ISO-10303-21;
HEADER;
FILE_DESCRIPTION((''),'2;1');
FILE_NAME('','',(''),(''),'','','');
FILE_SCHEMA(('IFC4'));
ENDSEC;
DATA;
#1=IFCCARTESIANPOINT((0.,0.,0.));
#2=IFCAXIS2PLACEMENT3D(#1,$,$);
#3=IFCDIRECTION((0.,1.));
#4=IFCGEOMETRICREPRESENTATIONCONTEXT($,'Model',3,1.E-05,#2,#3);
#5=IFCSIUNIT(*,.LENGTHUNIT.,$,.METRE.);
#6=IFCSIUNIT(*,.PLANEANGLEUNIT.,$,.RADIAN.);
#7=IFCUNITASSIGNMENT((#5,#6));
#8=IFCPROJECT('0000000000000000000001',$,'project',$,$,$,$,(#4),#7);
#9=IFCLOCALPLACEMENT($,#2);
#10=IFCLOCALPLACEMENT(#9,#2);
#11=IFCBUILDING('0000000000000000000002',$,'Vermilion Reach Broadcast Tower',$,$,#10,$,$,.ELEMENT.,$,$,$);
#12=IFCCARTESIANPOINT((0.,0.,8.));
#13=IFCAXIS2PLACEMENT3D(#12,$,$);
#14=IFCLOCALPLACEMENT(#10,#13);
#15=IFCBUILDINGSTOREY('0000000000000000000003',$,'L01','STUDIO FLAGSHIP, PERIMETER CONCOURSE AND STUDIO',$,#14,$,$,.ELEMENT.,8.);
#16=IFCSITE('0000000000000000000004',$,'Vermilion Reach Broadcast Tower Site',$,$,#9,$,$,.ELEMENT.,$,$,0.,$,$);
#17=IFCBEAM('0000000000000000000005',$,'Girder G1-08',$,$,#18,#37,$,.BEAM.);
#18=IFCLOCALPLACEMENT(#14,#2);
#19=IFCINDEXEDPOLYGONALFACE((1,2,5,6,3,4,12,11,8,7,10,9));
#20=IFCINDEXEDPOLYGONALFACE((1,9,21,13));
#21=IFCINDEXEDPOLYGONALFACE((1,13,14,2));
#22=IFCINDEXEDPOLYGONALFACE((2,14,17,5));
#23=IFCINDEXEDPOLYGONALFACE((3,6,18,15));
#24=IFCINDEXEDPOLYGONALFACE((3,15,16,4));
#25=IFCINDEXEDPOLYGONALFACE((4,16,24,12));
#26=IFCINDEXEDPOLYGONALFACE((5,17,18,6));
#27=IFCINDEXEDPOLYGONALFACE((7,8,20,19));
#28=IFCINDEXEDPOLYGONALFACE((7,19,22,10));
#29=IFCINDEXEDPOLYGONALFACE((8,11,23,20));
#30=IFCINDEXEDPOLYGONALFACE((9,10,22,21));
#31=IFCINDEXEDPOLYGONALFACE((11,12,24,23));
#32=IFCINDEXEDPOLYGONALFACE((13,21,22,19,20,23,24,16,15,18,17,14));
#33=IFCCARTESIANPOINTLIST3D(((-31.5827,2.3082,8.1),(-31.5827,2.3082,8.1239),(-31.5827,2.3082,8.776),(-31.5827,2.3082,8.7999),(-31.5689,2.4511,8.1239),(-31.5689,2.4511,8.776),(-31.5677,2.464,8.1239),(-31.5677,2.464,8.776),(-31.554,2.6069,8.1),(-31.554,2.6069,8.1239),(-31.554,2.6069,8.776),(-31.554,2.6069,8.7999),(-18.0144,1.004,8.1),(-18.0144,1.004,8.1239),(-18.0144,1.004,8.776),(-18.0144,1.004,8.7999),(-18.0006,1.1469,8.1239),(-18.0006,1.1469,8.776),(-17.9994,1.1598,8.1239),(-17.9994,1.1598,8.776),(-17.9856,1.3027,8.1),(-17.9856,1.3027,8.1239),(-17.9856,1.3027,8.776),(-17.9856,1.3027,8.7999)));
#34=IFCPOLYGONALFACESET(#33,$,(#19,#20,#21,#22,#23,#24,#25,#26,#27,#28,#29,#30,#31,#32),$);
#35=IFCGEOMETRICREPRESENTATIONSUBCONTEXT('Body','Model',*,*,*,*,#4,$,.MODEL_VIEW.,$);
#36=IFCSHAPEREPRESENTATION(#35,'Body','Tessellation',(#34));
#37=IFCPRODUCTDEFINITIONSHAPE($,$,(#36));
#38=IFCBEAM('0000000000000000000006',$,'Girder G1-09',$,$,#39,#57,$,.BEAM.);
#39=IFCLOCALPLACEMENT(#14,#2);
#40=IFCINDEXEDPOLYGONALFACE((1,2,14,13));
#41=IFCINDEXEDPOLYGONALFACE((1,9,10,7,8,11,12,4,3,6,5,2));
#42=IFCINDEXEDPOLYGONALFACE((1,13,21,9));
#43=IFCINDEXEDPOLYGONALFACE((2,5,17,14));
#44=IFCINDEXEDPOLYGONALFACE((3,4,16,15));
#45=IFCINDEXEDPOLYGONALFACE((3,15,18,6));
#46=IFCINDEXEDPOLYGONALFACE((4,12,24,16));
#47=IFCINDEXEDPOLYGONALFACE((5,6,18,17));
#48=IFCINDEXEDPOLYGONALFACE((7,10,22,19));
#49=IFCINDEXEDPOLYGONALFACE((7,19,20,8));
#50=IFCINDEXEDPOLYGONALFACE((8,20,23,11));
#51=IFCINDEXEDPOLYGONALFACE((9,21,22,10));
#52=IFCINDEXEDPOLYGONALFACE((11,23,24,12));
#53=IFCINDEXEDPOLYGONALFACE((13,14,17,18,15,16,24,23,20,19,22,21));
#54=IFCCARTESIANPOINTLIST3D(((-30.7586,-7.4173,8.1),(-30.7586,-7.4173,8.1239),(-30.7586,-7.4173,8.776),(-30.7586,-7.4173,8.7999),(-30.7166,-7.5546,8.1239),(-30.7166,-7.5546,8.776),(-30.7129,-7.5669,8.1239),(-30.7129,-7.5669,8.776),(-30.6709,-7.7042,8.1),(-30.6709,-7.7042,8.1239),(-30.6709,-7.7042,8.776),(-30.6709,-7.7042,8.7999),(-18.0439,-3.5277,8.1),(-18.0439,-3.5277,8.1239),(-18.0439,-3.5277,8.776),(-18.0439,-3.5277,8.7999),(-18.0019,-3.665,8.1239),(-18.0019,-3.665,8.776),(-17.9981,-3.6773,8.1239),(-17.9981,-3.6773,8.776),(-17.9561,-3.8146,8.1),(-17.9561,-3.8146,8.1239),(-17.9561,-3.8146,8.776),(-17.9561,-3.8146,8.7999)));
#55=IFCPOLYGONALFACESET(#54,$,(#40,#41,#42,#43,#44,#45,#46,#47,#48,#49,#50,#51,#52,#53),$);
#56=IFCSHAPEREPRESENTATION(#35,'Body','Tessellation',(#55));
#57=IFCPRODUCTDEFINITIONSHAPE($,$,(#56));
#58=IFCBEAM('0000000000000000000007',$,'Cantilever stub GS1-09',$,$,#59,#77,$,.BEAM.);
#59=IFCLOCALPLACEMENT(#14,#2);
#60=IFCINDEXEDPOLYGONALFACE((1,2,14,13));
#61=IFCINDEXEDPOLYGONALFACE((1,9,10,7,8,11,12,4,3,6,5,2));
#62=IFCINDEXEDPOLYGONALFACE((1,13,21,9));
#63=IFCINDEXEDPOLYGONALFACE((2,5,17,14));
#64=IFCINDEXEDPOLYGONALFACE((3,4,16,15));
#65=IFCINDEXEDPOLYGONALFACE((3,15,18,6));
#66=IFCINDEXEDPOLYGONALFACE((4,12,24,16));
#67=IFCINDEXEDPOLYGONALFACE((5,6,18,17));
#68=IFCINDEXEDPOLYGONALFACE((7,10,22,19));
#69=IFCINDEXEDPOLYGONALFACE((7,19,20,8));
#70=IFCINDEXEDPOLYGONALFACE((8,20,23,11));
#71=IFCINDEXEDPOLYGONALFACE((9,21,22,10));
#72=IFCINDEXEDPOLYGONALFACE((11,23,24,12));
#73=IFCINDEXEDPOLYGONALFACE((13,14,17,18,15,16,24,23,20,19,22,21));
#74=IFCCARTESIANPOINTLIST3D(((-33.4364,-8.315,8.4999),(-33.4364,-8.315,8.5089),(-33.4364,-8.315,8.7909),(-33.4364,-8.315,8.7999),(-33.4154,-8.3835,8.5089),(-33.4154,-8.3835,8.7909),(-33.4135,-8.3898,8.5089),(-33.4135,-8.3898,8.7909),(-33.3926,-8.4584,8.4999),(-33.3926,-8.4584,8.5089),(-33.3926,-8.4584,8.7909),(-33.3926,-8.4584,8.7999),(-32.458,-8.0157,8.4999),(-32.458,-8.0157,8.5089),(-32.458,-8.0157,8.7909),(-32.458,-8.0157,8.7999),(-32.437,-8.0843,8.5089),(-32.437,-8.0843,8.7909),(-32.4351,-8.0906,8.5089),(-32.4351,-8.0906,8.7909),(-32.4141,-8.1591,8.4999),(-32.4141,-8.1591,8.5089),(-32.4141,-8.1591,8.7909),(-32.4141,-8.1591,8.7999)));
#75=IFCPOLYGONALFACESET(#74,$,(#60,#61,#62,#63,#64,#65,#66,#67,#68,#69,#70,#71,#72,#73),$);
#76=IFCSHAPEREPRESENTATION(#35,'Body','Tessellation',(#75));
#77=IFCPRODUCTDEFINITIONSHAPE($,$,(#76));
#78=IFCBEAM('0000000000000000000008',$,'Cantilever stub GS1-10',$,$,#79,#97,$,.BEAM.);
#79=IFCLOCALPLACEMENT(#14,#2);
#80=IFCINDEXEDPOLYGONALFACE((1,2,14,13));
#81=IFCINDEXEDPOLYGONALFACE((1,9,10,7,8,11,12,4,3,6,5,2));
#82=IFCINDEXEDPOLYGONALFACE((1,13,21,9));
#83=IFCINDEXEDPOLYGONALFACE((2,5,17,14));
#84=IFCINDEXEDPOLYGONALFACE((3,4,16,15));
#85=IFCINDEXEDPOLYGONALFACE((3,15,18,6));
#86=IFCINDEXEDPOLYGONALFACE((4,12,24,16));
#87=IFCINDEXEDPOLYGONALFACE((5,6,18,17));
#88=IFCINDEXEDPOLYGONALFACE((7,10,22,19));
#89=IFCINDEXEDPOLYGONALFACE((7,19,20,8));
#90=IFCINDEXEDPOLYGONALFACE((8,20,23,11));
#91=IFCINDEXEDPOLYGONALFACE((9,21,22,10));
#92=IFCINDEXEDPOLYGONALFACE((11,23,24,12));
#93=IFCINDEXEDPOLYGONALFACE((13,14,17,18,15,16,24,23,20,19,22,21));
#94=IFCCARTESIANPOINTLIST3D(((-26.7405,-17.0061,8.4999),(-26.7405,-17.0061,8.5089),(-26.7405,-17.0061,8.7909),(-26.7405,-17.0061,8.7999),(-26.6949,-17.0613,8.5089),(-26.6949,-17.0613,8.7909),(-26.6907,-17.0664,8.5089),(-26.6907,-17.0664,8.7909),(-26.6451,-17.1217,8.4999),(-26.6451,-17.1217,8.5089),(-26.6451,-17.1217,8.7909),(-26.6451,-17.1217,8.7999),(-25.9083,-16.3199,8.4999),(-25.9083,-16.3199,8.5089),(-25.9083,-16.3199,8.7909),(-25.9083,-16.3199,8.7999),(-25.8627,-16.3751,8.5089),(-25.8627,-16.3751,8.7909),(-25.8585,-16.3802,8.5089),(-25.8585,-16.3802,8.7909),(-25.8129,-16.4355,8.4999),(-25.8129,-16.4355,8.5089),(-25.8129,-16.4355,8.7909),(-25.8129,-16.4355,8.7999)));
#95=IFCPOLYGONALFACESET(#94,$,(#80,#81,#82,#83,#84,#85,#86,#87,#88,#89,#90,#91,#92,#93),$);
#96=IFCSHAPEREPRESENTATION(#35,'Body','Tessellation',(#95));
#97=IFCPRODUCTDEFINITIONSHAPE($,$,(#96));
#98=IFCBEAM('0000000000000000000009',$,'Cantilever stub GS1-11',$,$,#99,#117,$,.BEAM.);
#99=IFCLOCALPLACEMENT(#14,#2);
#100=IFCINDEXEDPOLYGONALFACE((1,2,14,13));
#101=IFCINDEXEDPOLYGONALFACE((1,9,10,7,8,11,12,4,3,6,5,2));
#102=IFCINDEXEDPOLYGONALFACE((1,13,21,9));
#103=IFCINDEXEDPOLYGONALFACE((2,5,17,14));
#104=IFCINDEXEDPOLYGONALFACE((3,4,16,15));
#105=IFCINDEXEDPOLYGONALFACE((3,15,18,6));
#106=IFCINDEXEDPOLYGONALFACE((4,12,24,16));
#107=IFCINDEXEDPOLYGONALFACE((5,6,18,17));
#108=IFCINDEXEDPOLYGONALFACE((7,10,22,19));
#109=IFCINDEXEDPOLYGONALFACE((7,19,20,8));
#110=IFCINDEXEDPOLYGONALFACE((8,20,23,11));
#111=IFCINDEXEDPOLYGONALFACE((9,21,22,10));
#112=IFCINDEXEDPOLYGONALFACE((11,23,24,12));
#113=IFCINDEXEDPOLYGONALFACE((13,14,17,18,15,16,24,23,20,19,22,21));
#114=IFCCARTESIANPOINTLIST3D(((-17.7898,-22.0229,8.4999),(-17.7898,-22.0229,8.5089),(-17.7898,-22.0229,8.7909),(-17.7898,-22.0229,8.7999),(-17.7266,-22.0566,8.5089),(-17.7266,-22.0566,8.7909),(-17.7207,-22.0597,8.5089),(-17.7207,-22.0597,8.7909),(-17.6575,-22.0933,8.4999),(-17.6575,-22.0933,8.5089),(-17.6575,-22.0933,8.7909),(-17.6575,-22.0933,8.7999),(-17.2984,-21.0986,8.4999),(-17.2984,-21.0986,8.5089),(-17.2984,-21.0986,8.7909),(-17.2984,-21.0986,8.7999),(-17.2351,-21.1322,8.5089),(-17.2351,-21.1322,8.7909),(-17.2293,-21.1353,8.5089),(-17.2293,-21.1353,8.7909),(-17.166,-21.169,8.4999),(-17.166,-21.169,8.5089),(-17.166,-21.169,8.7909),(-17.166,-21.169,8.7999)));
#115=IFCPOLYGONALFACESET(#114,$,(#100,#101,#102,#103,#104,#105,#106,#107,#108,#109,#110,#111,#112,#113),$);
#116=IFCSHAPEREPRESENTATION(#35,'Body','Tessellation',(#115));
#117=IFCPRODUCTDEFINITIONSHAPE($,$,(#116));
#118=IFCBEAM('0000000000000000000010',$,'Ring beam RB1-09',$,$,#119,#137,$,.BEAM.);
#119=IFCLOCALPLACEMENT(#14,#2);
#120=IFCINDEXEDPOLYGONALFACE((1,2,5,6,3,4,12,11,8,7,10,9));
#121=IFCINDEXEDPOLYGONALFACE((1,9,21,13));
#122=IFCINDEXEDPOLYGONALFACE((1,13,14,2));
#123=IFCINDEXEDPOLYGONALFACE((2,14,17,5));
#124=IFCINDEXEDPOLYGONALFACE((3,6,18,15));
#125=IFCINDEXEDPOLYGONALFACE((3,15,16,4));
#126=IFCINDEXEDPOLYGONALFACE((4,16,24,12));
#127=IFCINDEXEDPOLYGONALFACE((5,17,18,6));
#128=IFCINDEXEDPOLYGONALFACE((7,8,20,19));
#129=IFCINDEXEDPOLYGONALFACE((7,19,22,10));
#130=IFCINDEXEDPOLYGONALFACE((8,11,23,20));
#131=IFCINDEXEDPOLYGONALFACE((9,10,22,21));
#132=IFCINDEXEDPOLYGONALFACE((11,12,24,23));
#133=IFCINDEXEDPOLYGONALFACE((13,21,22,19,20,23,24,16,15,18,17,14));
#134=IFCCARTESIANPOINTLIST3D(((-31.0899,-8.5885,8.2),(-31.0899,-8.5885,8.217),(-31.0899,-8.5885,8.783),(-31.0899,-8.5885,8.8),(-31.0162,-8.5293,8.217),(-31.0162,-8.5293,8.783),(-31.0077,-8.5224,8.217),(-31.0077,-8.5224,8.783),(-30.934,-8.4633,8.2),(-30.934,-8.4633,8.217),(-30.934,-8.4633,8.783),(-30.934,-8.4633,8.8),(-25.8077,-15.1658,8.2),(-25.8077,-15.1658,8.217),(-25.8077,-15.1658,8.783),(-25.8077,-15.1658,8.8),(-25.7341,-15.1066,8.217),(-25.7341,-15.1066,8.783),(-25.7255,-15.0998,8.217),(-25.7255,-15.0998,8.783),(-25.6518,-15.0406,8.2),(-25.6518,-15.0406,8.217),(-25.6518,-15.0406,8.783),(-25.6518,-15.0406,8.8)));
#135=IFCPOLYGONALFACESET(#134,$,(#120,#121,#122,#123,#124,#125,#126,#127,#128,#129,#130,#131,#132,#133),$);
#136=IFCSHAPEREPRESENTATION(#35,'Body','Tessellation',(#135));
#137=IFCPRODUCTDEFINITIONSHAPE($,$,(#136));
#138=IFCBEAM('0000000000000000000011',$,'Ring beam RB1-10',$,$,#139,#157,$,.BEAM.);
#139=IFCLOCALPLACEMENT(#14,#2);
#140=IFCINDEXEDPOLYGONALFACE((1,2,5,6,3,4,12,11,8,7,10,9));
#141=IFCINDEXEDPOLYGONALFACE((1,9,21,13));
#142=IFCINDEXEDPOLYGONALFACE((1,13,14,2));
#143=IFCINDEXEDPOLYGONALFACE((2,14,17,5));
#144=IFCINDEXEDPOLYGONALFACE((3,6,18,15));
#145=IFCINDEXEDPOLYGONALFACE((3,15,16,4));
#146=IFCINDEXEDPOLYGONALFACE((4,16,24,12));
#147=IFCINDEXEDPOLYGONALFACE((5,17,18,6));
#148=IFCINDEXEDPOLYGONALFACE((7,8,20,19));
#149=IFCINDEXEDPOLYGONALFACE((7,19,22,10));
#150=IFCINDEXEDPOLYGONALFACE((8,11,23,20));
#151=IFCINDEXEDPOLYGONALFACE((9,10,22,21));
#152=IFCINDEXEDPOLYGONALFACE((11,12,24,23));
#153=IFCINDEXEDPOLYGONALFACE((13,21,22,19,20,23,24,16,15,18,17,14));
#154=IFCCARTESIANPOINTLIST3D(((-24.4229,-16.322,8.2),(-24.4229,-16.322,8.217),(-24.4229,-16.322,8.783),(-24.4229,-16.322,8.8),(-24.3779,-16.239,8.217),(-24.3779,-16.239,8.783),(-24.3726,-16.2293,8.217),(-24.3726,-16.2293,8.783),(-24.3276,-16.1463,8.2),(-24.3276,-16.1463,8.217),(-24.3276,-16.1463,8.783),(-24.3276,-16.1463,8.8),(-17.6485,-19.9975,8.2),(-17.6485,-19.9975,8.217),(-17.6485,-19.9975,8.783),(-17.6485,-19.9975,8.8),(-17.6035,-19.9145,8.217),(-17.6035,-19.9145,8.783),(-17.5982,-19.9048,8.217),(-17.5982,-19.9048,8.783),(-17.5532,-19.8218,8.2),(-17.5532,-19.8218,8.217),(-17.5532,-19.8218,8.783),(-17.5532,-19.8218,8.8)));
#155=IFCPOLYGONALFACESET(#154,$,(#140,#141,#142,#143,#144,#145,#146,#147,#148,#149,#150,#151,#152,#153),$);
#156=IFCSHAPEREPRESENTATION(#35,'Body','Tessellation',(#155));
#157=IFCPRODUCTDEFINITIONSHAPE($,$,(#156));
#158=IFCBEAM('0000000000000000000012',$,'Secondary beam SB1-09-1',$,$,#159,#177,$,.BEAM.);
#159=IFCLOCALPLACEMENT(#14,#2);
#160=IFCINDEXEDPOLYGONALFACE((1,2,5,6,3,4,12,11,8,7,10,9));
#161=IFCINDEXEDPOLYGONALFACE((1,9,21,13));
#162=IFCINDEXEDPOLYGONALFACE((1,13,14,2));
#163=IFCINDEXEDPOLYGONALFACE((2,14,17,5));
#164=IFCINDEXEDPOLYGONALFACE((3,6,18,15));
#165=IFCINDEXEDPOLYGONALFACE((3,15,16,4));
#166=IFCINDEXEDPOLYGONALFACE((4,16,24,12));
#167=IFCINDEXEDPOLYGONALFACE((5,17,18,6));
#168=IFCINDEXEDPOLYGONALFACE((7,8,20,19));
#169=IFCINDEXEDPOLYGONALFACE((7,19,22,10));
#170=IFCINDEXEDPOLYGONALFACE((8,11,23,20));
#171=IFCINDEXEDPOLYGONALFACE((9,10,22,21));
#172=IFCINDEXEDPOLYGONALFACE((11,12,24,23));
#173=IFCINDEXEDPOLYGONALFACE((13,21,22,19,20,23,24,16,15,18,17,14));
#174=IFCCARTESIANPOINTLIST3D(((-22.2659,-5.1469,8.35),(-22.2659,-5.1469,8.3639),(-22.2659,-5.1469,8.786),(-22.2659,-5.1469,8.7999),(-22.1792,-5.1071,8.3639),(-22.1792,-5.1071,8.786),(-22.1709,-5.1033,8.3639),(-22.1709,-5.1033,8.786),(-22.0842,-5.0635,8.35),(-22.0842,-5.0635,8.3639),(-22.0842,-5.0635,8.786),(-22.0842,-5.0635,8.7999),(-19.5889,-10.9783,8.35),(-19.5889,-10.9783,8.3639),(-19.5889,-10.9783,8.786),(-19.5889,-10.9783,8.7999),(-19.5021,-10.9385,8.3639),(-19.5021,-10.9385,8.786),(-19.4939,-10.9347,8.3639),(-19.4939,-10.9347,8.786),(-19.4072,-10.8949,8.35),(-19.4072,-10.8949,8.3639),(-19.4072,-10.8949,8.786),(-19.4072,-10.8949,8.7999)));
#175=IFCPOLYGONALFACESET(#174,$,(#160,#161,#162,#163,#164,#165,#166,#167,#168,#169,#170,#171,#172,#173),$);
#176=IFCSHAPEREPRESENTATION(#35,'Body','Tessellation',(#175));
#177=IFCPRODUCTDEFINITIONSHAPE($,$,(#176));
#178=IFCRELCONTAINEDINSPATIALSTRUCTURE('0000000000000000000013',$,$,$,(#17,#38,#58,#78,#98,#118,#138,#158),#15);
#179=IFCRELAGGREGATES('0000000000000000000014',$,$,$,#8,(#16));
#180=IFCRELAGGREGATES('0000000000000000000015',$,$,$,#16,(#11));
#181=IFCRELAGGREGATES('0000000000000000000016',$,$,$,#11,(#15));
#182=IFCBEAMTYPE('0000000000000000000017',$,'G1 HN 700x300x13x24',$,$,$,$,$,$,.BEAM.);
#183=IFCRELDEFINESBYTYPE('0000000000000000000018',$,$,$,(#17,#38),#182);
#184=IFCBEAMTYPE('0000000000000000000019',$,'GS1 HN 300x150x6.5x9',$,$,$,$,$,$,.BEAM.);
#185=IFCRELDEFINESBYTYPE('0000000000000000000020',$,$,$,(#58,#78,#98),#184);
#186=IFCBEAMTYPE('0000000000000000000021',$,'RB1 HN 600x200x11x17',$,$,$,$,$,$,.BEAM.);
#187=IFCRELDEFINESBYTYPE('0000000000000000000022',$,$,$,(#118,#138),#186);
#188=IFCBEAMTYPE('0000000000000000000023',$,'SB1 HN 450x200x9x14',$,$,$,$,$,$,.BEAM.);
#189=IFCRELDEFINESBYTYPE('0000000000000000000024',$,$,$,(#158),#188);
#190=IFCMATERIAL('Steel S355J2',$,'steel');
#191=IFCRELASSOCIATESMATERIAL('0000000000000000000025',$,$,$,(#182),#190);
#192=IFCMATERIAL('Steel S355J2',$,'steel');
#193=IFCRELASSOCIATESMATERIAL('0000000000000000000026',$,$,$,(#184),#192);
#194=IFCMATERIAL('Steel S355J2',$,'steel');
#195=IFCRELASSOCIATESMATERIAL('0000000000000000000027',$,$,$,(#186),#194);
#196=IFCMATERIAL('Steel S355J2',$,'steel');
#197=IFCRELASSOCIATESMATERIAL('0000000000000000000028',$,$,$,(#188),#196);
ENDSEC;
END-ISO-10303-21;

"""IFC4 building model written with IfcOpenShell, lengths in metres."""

from ifc_helpers import new_model, si_unit, direction, frame, origin, origin_2d, place, context, subcontext, project, spatial, i_section, extrude, material, material_profile, profile_set, type_object, element, save


model = new_model("IFC4")

# Units and contexts
model_context = context("Model", 3, precision=1e-05, world=origin(), true_north=direction((0.0, 1.0)))
body_context = subcontext(model_context, "Body", "Model", "MODEL_VIEW")
ifc_project = project(units=[si_unit("LENGTHUNIT", "METRE"), si_unit("PLANEANGLEUNIT", "RADIAN")], contexts=[model_context])

# Site, building, storey
site_placement = place(None, origin())
site = spatial("IfcSite", under=ifc_project, at=site_placement, Name="Vermilion Reach Broadcast Tower Site", CompositionType="ELEMENT", RefElevation=0.0)
building_placement = place(site_placement, origin())
building = spatial("IfcBuilding", under=site, at=building_placement, Name="Vermilion Reach Broadcast Tower", CompositionType="ELEMENT")
storey_placement = place(building_placement, frame((0.0, 0.0, 8.0)))
storey = spatial("IfcBuildingStorey", under=building, at=storey_placement, Name="L01", Description="STUDIO FLAGSHIP, PERIMETER CONCOURSE AND STUDIO", CompositionType="ELEMENT", Elevation=8.0)

# Beams
ifc_material_1 = material(Name="Steel S355J2", Category="steel")
ifc_material_profile_1 = material_profile(ifc_material_1, i_section(OverallWidth=0.3, OverallDepth=0.7, WebThickness=0.0129, FlangeThickness=0.0239, at=origin_2d()), Name="S355J2 HN 700x300x13x24")
ifc_profile_set_1 = profile_set([ifc_material_profile_1], Name="Steel S355J2")
beam_type_1 = type_object("IfcBeamType", Name="G1 HN 700x300x13x24", PredefinedType="BEAM", material=ifc_profile_set_1)
beam_1_placement = place(storey_placement, frame((-18.0, 1.1533, 8.45), z_axis=(-0.995412, 0.09568, 0.0), x_axis=(-0.09568, -0.995412, 0.0)))
element("IfcBeam", 1, at=beam_1_placement, inside=storey, type_object=beam_type_1, Name="Girder G1-08", PredefinedType="BEAM", context=body_context, shape_type="SweptSolid", body=[
    extrude(i_section(OverallWidth=0.3, OverallDepth=0.7, WebThickness=0.0129, FlangeThickness=0.0239, at=origin_2d()), origin(), (0.0, 0.0, 1.0), 13.6309),
])
beam_2_placement = place(storey_placement, frame((-18.0, -3.6711, 8.45), z_axis=(-0.956256, -0.292532, 0.0), x_axis=(0.292532, -0.956256, 0.0)))
element("IfcBeam", 2, at=beam_2_placement, inside=storey, type_object=beam_type_1, Name="Girder G1-09", PredefinedType="BEAM", context=body_context, shape_type="SweptSolid", body=[
    extrude(i_section(OverallWidth=0.3, OverallDepth=0.7, WebThickness=0.0129, FlangeThickness=0.0239, at=origin_2d()), origin(), (0.0, 0.0, 1.0), 13.2964),
])
ifc_material_2 = material(Name="Steel S355J2", Category="steel")
ifc_material_profile_2 = material_profile(ifc_material_2, i_section(OverallWidth=0.1499, OverallDepth=0.3, WebThickness=0.0066, FlangeThickness=0.009, at=origin_2d()), Name="S355J2 HN 300x150x6.5x9")
ifc_profile_set_2 = profile_set([ifc_material_profile_2], Name="Steel S355J2")
beam_type_2 = type_object("IfcBeamType", Name="GS1 HN 300x150x6.5x9", PredefinedType="BEAM", material=ifc_profile_set_2)
beam_3_placement = place(storey_placement, frame((-32.436, -8.0874, 8.6499), z_axis=(-0.956263, -0.292509, 0.0), x_axis=(0.292509, -0.956263, 0.0)))
element("IfcBeam", 3, at=beam_3_placement, inside=storey, type_object=beam_type_2, Name="Cantilever stub GS1-09", PredefinedType="BEAM", context=body_context, shape_type="SweptSolid", body=[
    extrude(i_section(OverallWidth=0.1499, OverallDepth=0.3, WebThickness=0.0066, FlangeThickness=0.009, at=origin_2d()), origin(), (0.0, 0.0, 1.0), 1.0232),
])
beam_4_placement = place(storey_placement, frame((-25.8606, -16.3777, 8.6499), z_axis=(-0.771532, -0.636191, 0.0), x_axis=(0.636191, -0.771532, 0.0)))
element("IfcBeam", 4, at=beam_4_placement, inside=storey, type_object=beam_type_2, Name="Cantilever stub GS1-10", PredefinedType="BEAM", context=body_context, shape_type="SweptSolid", body=[
    extrude(i_section(OverallWidth=0.1499, OverallDepth=0.3, WebThickness=0.0066, FlangeThickness=0.009, at=origin_2d()), origin(), (0.0, 0.0, 1.0), 1.0786),
])
beam_5_placement = place(storey_placement, frame((-17.2322, -21.1338, 8.6499), z_axis=(-0.469462, -0.882953, 0.0), x_axis=(0.882953, -0.469462, 0.0)))
element("IfcBeam", 5, at=beam_5_placement, inside=storey, type_object=beam_type_2, Name="Cantilever stub GS1-11", PredefinedType="BEAM", context=body_context, shape_type="SweptSolid", body=[
    extrude(i_section(OverallWidth=0.1499, OverallDepth=0.3, WebThickness=0.0066, FlangeThickness=0.009, at=origin_2d()), origin(), (0.0, 0.0, 1.0), 1.0469),
])
ifc_material_3 = material(Name="Steel S355J2", Category="steel")
ifc_material_profile_3 = material_profile(ifc_material_3, i_section(OverallWidth=0.2, OverallDepth=0.6001, WebThickness=0.011, FlangeThickness=0.0171, at=origin_2d()), Name="S355J2 HN 600x200x11x17")
ifc_profile_set_3 = profile_set([ifc_material_profile_3], Name="Steel S355J2")
beam_type_3 = type_object("IfcBeamType", Name="RB1 HN 600x200x11x17", PredefinedType="BEAM", material=ifc_profile_set_3)
beam_6_placement = place(storey_placement, frame((-31.012, -8.5259, 8.5), z_axis=(0.626162, -0.779693, 0.0), x_axis=(0.779693, 0.626162, 0.0)))
element("IfcBeam", 6, at=beam_6_placement, inside=storey, type_object=beam_type_3, Name="Ring beam RB1-09", PredefinedType="BEAM", context=body_context, shape_type="SweptSolid", body=[
    extrude(i_section(OverallWidth=0.2, OverallDepth=0.6001, WebThickness=0.011, FlangeThickness=0.0171, at=origin_2d()), origin(), (0.0, 0.0, 1.0), 8.4358),
])
beam_7_placement = place(storey_placement, frame((-24.3752, -16.2341, 8.5), z_axis=(0.878962, -0.476891, 0.0), x_axis=(0.476891, 0.878962, 0.0)))
element("IfcBeam", 7, at=beam_7_placement, inside=storey, type_object=beam_type_3, Name="Ring beam RB1-10", PredefinedType="BEAM", context=body_context, shape_type="SweptSolid", body=[
    extrude(i_section(OverallWidth=0.2, OverallDepth=0.6001, WebThickness=0.011, FlangeThickness=0.0171, at=origin_2d()), origin(), (0.0, 0.0, 1.0), 7.7073),
])
ifc_material_4 = material(Name="Steel S355J2", Category="steel")
ifc_material_profile_4 = material_profile(ifc_material_4, i_section(OverallWidth=0.2, OverallDepth=0.45, WebThickness=0.009, FlangeThickness=0.0139, at=origin_2d()), Name="S355J2 HN 450x200x9x14")
ifc_profile_set_4 = profile_set([ifc_material_profile_4], Name="Steel S355J2")
beam_type_4 = type_object("IfcBeamType", Name="SB1 HN 450x200x9x14", PredefinedType="BEAM", material=ifc_profile_set_4)
beam_8_placement = place(storey_placement, frame((-22.175, -5.1052, 8.575), z_axis=(0.417211, -0.908809, 0.0), x_axis=(0.908809, 0.417211, 0.0)))
element("IfcBeam", 8, at=beam_8_placement, inside=storey, type_object=beam_type_4, Name="Secondary beam SB1-09-1", PredefinedType="BEAM", context=body_context, shape_type="SweptSolid", body=[
    extrude(i_section(OverallWidth=0.2, OverallDepth=0.45, WebThickness=0.009, FlangeThickness=0.0139, at=origin_2d()), origin(), (0.0, 0.0, 1.0), 6.4165),
])

save(model, "model.ifc")
